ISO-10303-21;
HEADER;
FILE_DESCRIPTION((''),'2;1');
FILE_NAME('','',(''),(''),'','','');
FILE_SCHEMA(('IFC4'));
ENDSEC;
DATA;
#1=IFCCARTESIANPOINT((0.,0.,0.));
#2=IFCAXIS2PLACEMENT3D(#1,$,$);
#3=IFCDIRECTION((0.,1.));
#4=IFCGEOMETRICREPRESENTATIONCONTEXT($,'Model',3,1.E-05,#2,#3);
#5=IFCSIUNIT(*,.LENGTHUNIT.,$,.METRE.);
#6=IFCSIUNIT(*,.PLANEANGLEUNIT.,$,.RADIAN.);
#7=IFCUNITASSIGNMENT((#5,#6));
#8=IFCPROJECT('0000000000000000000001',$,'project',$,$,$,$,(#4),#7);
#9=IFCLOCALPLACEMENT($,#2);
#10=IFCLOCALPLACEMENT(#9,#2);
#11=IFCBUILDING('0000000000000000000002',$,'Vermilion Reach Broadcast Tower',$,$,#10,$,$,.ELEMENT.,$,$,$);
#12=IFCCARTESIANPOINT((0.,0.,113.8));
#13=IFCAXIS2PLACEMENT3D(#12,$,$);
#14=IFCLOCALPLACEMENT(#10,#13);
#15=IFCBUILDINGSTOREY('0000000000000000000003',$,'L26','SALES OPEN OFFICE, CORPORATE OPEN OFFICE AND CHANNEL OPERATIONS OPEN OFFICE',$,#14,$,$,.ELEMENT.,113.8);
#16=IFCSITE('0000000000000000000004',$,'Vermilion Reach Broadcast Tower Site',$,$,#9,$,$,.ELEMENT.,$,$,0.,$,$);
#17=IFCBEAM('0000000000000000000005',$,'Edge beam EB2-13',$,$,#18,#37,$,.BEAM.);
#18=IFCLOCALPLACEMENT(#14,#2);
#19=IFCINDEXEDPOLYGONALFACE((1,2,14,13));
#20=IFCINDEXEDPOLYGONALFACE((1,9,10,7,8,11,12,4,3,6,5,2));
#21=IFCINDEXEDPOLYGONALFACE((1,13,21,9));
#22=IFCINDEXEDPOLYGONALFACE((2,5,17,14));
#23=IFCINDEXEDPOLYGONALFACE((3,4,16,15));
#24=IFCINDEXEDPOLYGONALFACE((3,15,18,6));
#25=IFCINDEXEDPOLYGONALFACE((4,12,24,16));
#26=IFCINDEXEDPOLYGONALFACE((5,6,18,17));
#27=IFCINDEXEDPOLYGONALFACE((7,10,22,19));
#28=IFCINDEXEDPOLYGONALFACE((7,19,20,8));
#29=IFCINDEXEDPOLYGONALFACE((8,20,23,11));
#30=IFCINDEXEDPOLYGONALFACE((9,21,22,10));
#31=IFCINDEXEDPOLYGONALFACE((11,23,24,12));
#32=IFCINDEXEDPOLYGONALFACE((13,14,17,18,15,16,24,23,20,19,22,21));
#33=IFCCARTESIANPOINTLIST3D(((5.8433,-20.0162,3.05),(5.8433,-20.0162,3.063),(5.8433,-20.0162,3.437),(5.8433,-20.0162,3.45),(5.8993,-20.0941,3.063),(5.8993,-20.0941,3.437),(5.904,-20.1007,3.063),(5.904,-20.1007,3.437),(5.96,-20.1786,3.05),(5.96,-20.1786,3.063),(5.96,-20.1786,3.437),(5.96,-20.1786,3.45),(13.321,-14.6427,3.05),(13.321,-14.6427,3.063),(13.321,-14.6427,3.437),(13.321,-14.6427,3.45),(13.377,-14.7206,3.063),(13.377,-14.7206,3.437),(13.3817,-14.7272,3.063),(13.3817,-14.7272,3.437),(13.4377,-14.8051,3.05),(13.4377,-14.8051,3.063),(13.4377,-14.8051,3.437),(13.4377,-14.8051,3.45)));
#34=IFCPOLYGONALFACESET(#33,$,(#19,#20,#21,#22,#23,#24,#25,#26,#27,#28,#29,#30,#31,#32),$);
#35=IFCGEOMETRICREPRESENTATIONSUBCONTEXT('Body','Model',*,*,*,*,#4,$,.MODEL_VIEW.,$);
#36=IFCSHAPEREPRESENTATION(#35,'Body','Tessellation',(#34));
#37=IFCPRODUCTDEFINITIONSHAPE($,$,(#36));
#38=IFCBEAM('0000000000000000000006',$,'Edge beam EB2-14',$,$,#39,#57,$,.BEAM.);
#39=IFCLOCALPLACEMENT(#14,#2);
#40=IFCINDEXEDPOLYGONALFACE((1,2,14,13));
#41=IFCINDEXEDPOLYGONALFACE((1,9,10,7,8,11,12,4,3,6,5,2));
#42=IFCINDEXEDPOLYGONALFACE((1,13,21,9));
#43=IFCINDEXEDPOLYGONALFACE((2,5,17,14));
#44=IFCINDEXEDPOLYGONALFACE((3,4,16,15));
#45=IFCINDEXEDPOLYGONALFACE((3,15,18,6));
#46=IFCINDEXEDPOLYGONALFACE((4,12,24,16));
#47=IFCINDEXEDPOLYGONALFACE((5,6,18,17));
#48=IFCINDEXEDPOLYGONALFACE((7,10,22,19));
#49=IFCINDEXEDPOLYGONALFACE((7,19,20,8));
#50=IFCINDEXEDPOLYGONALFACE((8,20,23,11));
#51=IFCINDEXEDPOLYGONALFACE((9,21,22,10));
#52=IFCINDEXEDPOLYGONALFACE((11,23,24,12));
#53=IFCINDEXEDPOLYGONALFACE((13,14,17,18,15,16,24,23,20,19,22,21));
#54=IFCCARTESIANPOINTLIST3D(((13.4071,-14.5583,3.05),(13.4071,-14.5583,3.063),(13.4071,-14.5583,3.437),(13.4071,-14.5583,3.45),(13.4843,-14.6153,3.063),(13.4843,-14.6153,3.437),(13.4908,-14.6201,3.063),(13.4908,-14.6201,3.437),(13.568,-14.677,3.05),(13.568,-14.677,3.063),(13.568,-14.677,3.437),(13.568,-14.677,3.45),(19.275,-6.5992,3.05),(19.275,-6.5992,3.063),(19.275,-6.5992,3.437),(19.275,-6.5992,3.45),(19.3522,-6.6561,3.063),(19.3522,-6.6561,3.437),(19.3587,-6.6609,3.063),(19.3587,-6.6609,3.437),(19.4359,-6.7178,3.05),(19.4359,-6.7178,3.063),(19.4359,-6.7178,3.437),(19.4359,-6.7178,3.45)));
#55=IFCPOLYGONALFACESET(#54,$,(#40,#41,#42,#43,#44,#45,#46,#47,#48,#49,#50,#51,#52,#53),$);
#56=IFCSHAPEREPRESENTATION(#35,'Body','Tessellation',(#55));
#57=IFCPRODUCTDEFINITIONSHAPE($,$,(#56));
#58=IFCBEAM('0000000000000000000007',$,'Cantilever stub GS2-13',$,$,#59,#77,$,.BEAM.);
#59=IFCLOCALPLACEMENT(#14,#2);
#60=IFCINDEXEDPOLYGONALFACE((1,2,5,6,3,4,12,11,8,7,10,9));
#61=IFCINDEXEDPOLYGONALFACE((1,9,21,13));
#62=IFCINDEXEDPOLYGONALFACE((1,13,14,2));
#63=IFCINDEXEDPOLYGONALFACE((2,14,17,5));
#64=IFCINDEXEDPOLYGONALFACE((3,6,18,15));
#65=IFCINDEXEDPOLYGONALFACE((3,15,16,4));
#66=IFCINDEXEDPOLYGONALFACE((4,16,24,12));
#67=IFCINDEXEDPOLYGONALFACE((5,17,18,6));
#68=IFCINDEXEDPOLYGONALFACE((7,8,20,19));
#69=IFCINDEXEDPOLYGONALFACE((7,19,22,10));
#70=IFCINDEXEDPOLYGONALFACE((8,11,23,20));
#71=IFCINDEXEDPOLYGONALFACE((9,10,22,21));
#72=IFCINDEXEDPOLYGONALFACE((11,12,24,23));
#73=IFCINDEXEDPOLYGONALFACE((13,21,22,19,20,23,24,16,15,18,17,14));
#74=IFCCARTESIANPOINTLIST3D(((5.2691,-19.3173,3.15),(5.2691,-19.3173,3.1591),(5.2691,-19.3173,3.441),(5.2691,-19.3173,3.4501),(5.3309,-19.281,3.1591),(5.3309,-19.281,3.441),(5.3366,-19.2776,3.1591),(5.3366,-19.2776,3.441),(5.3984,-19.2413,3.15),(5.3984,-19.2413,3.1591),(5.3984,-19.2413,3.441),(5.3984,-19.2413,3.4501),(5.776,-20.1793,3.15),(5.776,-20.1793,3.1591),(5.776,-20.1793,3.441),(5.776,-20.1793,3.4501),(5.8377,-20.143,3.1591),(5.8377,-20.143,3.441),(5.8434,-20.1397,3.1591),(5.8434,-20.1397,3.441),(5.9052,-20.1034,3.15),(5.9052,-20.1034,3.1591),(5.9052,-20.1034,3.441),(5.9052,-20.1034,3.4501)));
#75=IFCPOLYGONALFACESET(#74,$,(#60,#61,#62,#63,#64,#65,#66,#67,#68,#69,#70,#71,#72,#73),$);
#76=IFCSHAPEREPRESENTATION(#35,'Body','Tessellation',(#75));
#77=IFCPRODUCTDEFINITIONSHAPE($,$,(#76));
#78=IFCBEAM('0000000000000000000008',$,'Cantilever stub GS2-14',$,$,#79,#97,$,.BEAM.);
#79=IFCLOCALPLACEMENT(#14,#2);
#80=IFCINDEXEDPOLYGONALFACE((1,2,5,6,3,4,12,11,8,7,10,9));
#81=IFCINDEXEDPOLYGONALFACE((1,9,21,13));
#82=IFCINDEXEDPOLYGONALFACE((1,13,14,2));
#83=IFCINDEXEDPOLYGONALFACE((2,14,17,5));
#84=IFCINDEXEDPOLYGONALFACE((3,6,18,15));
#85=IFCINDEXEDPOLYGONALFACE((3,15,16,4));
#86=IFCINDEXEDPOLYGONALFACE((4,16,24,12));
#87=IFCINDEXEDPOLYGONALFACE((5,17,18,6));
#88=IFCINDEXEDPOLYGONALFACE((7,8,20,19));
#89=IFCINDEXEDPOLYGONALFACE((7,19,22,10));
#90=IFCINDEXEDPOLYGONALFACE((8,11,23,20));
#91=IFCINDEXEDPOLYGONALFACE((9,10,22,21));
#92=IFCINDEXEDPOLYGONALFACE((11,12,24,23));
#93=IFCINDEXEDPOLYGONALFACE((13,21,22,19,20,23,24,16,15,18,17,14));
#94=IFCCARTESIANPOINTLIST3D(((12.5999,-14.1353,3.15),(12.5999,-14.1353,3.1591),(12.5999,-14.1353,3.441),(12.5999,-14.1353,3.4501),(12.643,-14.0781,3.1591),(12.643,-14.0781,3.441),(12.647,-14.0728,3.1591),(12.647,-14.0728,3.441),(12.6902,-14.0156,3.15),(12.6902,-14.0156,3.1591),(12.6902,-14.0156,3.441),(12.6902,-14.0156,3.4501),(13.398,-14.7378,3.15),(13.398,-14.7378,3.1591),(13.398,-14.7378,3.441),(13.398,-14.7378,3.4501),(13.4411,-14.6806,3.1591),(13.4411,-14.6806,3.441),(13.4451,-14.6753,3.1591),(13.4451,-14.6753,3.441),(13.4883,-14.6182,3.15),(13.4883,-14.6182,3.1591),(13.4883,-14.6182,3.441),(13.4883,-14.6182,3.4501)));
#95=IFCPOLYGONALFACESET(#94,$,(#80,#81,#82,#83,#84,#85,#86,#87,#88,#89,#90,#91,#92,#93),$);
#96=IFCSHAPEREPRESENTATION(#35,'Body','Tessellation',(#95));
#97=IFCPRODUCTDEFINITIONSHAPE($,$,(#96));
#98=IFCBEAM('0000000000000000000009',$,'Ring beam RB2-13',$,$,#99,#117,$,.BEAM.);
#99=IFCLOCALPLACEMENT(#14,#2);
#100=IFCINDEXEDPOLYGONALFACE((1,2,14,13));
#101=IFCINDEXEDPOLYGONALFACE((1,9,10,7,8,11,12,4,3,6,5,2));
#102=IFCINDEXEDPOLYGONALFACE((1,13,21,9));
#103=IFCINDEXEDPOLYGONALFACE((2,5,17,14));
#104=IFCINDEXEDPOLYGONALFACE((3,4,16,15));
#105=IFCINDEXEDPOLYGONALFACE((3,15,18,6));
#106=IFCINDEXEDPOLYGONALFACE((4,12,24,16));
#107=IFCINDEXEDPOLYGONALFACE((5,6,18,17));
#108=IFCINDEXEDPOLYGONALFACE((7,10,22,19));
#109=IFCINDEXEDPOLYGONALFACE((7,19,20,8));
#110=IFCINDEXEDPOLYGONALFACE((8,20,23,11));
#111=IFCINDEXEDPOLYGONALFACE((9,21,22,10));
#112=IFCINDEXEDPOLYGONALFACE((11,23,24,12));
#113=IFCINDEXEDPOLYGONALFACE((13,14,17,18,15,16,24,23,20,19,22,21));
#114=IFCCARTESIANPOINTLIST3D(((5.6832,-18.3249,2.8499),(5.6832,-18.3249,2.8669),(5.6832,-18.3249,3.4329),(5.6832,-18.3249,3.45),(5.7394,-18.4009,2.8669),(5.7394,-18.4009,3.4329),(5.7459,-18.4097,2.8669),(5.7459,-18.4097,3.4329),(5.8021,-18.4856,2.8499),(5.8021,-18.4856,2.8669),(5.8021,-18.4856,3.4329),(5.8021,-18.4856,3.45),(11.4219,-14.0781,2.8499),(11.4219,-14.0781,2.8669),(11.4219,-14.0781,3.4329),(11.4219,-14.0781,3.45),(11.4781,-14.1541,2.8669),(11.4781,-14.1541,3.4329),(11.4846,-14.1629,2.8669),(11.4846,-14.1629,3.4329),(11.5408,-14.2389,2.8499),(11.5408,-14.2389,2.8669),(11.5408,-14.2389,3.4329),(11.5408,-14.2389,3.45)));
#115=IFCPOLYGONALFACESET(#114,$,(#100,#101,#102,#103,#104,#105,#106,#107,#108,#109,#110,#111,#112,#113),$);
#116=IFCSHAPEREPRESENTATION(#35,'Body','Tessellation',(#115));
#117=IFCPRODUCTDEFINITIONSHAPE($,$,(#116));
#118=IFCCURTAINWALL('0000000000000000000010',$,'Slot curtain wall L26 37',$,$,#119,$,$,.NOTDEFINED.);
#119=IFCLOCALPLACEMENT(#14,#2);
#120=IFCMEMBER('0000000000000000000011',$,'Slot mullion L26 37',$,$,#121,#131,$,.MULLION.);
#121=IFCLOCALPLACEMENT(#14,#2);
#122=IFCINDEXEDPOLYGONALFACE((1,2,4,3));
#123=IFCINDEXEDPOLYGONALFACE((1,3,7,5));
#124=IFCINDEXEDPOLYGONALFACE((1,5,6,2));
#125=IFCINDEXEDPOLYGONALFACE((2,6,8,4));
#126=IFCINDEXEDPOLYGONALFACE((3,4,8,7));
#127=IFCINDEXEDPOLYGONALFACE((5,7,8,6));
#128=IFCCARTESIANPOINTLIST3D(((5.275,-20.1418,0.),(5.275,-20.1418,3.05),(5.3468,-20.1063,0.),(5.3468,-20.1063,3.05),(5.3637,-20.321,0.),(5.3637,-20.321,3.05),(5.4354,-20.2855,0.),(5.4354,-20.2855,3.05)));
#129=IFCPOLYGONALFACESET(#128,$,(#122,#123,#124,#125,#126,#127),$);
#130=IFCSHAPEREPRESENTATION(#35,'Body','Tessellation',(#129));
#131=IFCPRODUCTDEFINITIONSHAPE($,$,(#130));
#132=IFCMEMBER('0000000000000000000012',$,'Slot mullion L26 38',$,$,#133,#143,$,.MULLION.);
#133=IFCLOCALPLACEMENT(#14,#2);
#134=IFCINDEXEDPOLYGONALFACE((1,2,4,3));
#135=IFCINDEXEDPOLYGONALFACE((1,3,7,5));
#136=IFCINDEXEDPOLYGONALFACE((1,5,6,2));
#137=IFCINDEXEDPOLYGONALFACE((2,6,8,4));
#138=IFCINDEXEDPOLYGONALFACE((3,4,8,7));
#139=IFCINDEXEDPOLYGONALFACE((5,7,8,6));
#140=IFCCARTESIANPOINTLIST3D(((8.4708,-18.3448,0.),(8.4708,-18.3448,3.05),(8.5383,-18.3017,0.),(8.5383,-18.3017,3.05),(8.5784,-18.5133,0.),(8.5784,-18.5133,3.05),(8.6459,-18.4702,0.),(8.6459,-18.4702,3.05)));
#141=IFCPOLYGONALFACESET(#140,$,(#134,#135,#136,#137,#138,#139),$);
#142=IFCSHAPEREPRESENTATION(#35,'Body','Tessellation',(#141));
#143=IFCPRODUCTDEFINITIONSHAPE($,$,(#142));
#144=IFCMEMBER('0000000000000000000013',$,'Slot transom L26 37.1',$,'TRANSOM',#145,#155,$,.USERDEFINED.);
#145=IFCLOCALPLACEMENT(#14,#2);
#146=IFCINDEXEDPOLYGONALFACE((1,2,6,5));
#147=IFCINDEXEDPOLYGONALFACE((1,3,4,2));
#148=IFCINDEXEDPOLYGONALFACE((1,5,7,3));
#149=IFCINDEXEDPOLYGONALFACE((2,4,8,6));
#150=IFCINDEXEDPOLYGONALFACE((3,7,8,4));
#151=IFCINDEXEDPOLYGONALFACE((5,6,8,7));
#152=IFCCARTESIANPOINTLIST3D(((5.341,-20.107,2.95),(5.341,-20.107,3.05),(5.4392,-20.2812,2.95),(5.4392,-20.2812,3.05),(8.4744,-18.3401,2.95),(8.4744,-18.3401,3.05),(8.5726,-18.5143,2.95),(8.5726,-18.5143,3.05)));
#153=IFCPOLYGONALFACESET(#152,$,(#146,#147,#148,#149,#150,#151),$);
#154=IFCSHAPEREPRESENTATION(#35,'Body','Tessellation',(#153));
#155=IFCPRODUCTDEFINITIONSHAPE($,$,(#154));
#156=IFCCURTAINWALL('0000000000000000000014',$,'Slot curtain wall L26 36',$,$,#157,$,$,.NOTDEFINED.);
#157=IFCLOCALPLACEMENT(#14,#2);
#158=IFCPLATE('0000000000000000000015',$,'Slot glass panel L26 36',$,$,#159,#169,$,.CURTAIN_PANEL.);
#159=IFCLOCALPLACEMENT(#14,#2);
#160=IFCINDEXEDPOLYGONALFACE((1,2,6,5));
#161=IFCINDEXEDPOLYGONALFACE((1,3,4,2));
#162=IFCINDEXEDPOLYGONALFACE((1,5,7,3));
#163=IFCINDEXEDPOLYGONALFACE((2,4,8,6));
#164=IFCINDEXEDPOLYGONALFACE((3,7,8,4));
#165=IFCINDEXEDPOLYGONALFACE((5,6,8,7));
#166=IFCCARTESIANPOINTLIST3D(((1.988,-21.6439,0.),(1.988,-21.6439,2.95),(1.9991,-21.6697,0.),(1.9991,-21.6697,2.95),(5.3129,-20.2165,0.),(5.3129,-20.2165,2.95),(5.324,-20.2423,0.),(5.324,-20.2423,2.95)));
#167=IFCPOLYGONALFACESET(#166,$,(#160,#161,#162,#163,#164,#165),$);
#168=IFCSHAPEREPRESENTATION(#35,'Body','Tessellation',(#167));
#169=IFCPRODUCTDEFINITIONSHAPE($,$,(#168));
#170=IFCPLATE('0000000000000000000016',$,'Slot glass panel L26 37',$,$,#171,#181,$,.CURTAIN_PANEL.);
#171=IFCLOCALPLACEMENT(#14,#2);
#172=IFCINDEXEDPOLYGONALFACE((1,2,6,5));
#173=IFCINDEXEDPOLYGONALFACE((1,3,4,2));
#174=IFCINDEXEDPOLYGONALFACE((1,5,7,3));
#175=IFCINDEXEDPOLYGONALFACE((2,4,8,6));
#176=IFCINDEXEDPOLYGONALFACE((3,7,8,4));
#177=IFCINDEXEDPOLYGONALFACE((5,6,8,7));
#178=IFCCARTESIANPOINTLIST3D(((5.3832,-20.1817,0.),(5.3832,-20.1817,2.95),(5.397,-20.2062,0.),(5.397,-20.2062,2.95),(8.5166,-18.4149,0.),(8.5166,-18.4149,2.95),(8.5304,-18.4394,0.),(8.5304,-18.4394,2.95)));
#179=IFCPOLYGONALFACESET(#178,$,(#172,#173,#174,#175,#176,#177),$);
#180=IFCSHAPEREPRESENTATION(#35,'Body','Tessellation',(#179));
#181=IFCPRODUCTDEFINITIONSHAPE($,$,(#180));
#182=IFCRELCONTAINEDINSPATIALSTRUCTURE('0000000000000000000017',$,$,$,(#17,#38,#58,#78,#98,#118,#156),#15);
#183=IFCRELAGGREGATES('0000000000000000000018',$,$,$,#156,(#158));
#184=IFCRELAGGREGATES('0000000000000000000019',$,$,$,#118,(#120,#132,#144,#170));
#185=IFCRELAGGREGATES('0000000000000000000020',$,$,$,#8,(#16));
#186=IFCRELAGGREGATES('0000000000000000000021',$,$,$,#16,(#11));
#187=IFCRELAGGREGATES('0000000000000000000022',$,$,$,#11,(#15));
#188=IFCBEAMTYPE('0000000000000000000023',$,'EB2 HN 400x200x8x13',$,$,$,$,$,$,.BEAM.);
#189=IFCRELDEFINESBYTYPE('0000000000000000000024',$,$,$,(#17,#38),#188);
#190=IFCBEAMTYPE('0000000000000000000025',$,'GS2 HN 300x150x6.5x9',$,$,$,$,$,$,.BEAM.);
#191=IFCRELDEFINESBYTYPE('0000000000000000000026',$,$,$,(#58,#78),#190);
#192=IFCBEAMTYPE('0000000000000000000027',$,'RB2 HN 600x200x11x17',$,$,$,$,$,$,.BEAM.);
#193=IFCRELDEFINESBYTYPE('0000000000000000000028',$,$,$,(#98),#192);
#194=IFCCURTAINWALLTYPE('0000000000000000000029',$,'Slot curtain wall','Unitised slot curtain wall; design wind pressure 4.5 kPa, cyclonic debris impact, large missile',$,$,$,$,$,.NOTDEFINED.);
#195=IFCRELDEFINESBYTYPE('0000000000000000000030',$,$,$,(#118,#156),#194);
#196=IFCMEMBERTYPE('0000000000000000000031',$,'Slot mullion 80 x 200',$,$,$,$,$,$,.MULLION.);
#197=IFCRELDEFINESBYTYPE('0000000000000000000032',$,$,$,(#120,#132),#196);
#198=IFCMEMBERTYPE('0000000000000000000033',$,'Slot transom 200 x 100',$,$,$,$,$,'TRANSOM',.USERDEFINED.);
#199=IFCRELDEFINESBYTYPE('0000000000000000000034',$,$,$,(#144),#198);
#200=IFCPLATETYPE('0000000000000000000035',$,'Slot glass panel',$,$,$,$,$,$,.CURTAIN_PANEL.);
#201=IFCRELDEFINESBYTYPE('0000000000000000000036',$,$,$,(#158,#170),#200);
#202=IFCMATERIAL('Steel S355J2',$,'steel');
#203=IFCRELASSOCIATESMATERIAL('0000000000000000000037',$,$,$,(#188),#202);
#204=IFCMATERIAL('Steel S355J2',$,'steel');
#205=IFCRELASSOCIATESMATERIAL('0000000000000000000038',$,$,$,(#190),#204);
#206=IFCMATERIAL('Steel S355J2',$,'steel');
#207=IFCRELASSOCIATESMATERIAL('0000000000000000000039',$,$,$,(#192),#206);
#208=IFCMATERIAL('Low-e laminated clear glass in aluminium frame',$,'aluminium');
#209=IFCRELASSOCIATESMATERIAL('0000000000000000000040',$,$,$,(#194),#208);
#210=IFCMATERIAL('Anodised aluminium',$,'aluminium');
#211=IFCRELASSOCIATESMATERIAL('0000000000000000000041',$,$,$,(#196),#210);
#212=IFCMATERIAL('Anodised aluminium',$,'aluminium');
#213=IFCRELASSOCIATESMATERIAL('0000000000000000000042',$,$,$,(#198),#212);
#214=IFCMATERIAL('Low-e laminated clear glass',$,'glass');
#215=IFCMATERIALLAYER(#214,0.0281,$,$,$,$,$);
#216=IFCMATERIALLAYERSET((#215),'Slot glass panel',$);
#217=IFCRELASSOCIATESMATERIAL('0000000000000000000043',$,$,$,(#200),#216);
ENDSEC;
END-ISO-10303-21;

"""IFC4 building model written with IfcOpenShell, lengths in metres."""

from ifc_helpers import new_model, si_unit, direction, frame, origin, origin_2d, place, context, subcontext, project, spatial, rectangle, i_section, extrude, material, layer, layer_set, material_profile, profile_set, type_object, element, aggregate, save


model = new_model("IFC4")

# Units and contexts
model_context = context("Model", 3, precision=1e-05, world=origin(), true_north=direction((0.0, 1.0)))
body_context = subcontext(model_context, "Body", "Model", "MODEL_VIEW")
ifc_project = project(units=[si_unit("LENGTHUNIT", "METRE"), si_unit("PLANEANGLEUNIT", "RADIAN")], contexts=[model_context])

# Site, building, storey
site_placement = place(None, origin())
site = spatial("IfcSite", under=ifc_project, at=site_placement, Name="Vermilion Reach Broadcast Tower Site", CompositionType="ELEMENT", RefElevation=0.0)
building_placement = place(site_placement, origin())
building = spatial("IfcBuilding", under=site, at=building_placement, Name="Vermilion Reach Broadcast Tower", CompositionType="ELEMENT")
storey_placement = place(building_placement, frame((0.0, 0.0, 113.8)))
storey = spatial("IfcBuildingStorey", under=building, at=storey_placement, Name="L26", Description="SALES OPEN OFFICE, CORPORATE OPEN OFFICE AND CHANNEL OPERATIONS OPEN OFFICE", CompositionType="ELEMENT", Elevation=113.8)

# Beams
ifc_material_1 = material(Name="Steel S355J2", Category="steel")
ifc_material_profile_1 = material_profile(ifc_material_1, i_section(OverallWidth=0.2, OverallDepth=0.3999, WebThickness=0.0081, FlangeThickness=0.0129, at=origin_2d()), Name="S355J2 HN 400x200x8x13")
ifc_profile_set_1 = profile_set([ifc_material_profile_1], Name="Steel S355J2")
beam_type_1 = type_object("IfcBeamType", Name="EB2 HN 400x200x8x13", PredefinedType="BEAM", material=ifc_profile_set_1)
beam_1_placement = place(storey_placement, frame((5.9016, -20.0974, 3.25), z_axis=(0.812073, 0.583556, 0.0), x_axis=(-0.583556, 0.812073, 0.0)))
element("IfcBeam", 1, at=beam_1_placement, inside=storey, type_object=beam_type_1, Name="Edge beam EB2-13", PredefinedType="BEAM", context=body_context, shape_type="SweptSolid", body=[
    extrude(i_section(OverallWidth=0.2, OverallDepth=0.3999, WebThickness=0.0081, FlangeThickness=0.0129, at=origin_2d()), origin(), (0.0, 0.0, 1.0), 9.2083),
])
beam_2_placement = place(storey_placement, frame((13.4875, -14.6177, 3.25), z_axis=(0.59341, 0.8049, 0.0), x_axis=(-0.8049, 0.59341, 0.0)))
element("IfcBeam", 2, at=beam_2_placement, inside=storey, type_object=beam_type_1, Name="Edge beam EB2-14", PredefinedType="BEAM", context=body_context, shape_type="SweptSolid", body=[
    extrude(i_section(OverallWidth=0.2, OverallDepth=0.3999, WebThickness=0.0081, FlangeThickness=0.0129, at=origin_2d()), origin(), (0.0, 0.0, 1.0), 9.8884),
])
ifc_material_2 = material(Name="Steel S355J2", Category="steel")
ifc_material_profile_2 = material_profile(ifc_material_2, i_section(OverallWidth=0.1499, OverallDepth=0.3, WebThickness=0.0066, FlangeThickness=0.009, at=origin_2d()), Name="S355J2 HN 300x150x6.5x9")
ifc_profile_set_2 = profile_set([ifc_material_profile_2], Name="Steel S355J2")
beam_type_2 = type_object("IfcBeamType", Name="GS2 HN 300x150x6.5x9", PredefinedType="BEAM", material=ifc_profile_set_2)
for number, where, z_axis, x_axis, name in (
    (3, (5.3337, -19.2793, 3.3), (0.506828, -0.862047, 0.0), (0.862047, 0.506828, 0.0), "Cantilever stub GS2-13"),
    (4, (12.645, -14.0754, 3.3), (0.798092, -0.602536, 0.0), (0.602536, 0.798092, 0.0), "Cantilever stub GS2-14"),
):
    element("IfcBeam", number, at=place(storey_placement, frame(where, z_axis=z_axis, x_axis=x_axis)), inside=storey, type_object=beam_type_2, Name=name, PredefinedType="BEAM", context=body_context, shape_type="SweptSolid", body=[
        extrude(i_section(OverallWidth=0.1499, OverallDepth=0.3, WebThickness=0.0066, FlangeThickness=0.009, at=origin_2d()), origin(), (0.0, 0.0, 1.0), 1.0),
    ])
ifc_material_3 = material(Name="Steel S355J2", Category="steel")
ifc_material_profile_3 = material_profile(ifc_material_3, i_section(OverallWidth=0.2, OverallDepth=0.6001, WebThickness=0.011, FlangeThickness=0.0171, at=origin_2d()), Name="S355J2 HN 600x200x11x17")
ifc_profile_set_3 = profile_set([ifc_material_profile_3], Name="Steel S355J2")
beam_type_3 = type_object("IfcBeamType", Name="RB2 HN 600x200x11x17", PredefinedType="BEAM", material=ifc_profile_set_3)
beam_3_placement = place(storey_placement, frame((5.7427, -18.4053, 3.1499), z_axis=(0.803833, 0.594855, 0.0), x_axis=(-0.594855, 0.803833, 0.0)))
element("IfcBeam", 5, at=beam_3_placement, inside=storey, type_object=beam_type_3, Name="Ring beam RB2-13", PredefinedType="BEAM", context=body_context, shape_type="SweptSolid", body=[
    extrude(i_section(OverallWidth=0.2, OverallDepth=0.6001, WebThickness=0.011, FlangeThickness=0.0171, at=origin_2d()), origin(), (0.0, 0.0, 1.0), 7.1392),
])

# Curtain wall, members
ifc_material_4 = material(Name="Low-e laminated clear glass in aluminium frame", Category="aluminium")
curtain_wall_type = type_object("IfcCurtainWallType", Name="Slot curtain wall", Description="Unitised slot curtain wall; design wind pressure 4.5 kPa, cyclonic debris impact, large missile", PredefinedType="NOTDEFINED", material=ifc_material_4)
placement = place(storey_placement, origin())
curtain_wall_1 = element("IfcCurtainWall", 6, at=placement, inside=storey, type_object=curtain_wall_type, Name="Slot curtain wall L26 37", PredefinedType="NOTDEFINED")
ifc_material_5 = material(Name="Anodised aluminium", Category="aluminium")
ifc_material_profile_4 = material_profile(ifc_material_5, rectangle(XDim=0.2, YDim=0.0801, at=origin_2d()), Name="Slot mullion 80 x 200")
ifc_profile_set_4 = profile_set([ifc_material_profile_4], Name="Anodised aluminium")
member_type_1 = type_object("IfcMemberType", Name="Slot mullion 80 x 200", PredefinedType="MULLION", material=ifc_profile_set_4)
member_1_placement = place(storey_placement, frame((5.3552, -20.2136, 0.0), z_axis=(0.0, 0.0, 1.0), x_axis=(-0.443477, 0.896286, 0.0)))
member_1 = element("IfcMember", 7, at=member_1_placement, type_object=member_type_1, Name="Slot mullion L26 37", PredefinedType="MULLION", context=body_context, shape_type="SweptSolid", body=[
    extrude(rectangle(XDim=0.2, YDim=0.0801, at=origin_2d()), origin(), (0.0, 0.0, 1.0), 3.05),
])
member_2_placement = place(storey_placement, frame((8.5583, -18.4075, 0.0), z_axis=(0.0, 0.0, 1.0), x_axis=(-0.538197, 0.842819, 0.0)))
member_2 = element("IfcMember", 8, at=member_2_placement, type_object=member_type_1, Name="Slot mullion L26 38", PredefinedType="MULLION", context=body_context, shape_type="SweptSolid", body=[
    extrude(rectangle(XDim=0.2, YDim=0.0801, at=origin_2d()), origin(), (0.0, 0.0, 1.0), 3.05),
])
ifc_material_6 = material(Name="Anodised aluminium", Category="aluminium")
ifc_material_profile_5 = material_profile(ifc_material_6, rectangle(XDim=0.2, YDim=0.1001, at=origin_2d()), Name="Slot transom 200 x 100")
ifc_profile_set_5 = profile_set([ifc_material_profile_5], Name="Anodised aluminium")
member_type_2 = type_object("IfcMemberType", Name="Slot transom 200 x 100", ElementType="TRANSOM", PredefinedType="USERDEFINED", material=ifc_profile_set_5)
member_3_placement = place(storey_placement, frame((5.3901, -20.1941, 3.0), z_axis=(0.871057, 0.491183, 0.0), x_axis=(-0.491183, 0.871057, 0.0)))
member_3 = element("IfcMember", 9, at=member_3_placement, type_object=member_type_2, Name="Slot transom L26 37.1", ObjectType="TRANSOM", PredefinedType="USERDEFINED", context=body_context, shape_type="SweptSolid", body=[
    extrude(rectangle(XDim=0.2, YDim=0.1001, at=origin_2d()), origin(), (0.0, 0.0, 1.0), 3.5972),
])

# Curtain wall, plate
curtain_wall_2 = element("IfcCurtainWall", 10, at=placement, inside=storey, type_object=curtain_wall_type, Name="Slot curtain wall L26 36", PredefinedType="NOTDEFINED")
ifc_material_7 = material(Name="Low-e laminated clear glass", Category="glass")
ifc_layer_1 = layer(ifc_material_7, 0.0281)
ifc_layer_set_1 = layer_set([ifc_layer_1], Name="Slot glass panel")
plate_type = type_object("IfcPlateType", Name="Slot glass panel", PredefinedType="CURTAIN_PANEL", material=ifc_layer_set_1)
plate_1_placement = place(storey_placement, frame((3.656, -20.9431, 0.0), z_axis=(0.0, 0.0, 1.0), x_axis=(0.918899, 0.394493, 0.0)))
plate_1 = element("IfcPlate", 11, at=plate_1_placement, type_object=plate_type, Name="Slot glass panel L26 36", PredefinedType="CURTAIN_PANEL", context=body_context, shape_type="SweptSolid", body=[
    extrude(rectangle(XDim=3.6184, YDim=0.0281, at=origin_2d()), origin(), (0.0, 0.0, 1.0), 2.95),
])
aggregate(curtain_wall_2, [plate_1])

# Plate
plate_2_placement = place(storey_placement, frame((6.9568, -19.3105, 0.0), z_axis=(0.0, 0.0, 1.0), x_axis=(0.871063, 0.491171, 0.0)))
plate_2 = element("IfcPlate", 12, at=plate_2_placement, type_object=plate_type, Name="Slot glass panel L26 37", PredefinedType="CURTAIN_PANEL", context=body_context, shape_type="SweptSolid", body=[
    extrude(rectangle(XDim=3.5972, YDim=0.0281, at=origin_2d()), origin(), (0.0, 0.0, 1.0), 2.95),
])
aggregate(curtain_wall_1, [member_1, member_2, member_3, plate_2])

save(model, "model.ifc")
